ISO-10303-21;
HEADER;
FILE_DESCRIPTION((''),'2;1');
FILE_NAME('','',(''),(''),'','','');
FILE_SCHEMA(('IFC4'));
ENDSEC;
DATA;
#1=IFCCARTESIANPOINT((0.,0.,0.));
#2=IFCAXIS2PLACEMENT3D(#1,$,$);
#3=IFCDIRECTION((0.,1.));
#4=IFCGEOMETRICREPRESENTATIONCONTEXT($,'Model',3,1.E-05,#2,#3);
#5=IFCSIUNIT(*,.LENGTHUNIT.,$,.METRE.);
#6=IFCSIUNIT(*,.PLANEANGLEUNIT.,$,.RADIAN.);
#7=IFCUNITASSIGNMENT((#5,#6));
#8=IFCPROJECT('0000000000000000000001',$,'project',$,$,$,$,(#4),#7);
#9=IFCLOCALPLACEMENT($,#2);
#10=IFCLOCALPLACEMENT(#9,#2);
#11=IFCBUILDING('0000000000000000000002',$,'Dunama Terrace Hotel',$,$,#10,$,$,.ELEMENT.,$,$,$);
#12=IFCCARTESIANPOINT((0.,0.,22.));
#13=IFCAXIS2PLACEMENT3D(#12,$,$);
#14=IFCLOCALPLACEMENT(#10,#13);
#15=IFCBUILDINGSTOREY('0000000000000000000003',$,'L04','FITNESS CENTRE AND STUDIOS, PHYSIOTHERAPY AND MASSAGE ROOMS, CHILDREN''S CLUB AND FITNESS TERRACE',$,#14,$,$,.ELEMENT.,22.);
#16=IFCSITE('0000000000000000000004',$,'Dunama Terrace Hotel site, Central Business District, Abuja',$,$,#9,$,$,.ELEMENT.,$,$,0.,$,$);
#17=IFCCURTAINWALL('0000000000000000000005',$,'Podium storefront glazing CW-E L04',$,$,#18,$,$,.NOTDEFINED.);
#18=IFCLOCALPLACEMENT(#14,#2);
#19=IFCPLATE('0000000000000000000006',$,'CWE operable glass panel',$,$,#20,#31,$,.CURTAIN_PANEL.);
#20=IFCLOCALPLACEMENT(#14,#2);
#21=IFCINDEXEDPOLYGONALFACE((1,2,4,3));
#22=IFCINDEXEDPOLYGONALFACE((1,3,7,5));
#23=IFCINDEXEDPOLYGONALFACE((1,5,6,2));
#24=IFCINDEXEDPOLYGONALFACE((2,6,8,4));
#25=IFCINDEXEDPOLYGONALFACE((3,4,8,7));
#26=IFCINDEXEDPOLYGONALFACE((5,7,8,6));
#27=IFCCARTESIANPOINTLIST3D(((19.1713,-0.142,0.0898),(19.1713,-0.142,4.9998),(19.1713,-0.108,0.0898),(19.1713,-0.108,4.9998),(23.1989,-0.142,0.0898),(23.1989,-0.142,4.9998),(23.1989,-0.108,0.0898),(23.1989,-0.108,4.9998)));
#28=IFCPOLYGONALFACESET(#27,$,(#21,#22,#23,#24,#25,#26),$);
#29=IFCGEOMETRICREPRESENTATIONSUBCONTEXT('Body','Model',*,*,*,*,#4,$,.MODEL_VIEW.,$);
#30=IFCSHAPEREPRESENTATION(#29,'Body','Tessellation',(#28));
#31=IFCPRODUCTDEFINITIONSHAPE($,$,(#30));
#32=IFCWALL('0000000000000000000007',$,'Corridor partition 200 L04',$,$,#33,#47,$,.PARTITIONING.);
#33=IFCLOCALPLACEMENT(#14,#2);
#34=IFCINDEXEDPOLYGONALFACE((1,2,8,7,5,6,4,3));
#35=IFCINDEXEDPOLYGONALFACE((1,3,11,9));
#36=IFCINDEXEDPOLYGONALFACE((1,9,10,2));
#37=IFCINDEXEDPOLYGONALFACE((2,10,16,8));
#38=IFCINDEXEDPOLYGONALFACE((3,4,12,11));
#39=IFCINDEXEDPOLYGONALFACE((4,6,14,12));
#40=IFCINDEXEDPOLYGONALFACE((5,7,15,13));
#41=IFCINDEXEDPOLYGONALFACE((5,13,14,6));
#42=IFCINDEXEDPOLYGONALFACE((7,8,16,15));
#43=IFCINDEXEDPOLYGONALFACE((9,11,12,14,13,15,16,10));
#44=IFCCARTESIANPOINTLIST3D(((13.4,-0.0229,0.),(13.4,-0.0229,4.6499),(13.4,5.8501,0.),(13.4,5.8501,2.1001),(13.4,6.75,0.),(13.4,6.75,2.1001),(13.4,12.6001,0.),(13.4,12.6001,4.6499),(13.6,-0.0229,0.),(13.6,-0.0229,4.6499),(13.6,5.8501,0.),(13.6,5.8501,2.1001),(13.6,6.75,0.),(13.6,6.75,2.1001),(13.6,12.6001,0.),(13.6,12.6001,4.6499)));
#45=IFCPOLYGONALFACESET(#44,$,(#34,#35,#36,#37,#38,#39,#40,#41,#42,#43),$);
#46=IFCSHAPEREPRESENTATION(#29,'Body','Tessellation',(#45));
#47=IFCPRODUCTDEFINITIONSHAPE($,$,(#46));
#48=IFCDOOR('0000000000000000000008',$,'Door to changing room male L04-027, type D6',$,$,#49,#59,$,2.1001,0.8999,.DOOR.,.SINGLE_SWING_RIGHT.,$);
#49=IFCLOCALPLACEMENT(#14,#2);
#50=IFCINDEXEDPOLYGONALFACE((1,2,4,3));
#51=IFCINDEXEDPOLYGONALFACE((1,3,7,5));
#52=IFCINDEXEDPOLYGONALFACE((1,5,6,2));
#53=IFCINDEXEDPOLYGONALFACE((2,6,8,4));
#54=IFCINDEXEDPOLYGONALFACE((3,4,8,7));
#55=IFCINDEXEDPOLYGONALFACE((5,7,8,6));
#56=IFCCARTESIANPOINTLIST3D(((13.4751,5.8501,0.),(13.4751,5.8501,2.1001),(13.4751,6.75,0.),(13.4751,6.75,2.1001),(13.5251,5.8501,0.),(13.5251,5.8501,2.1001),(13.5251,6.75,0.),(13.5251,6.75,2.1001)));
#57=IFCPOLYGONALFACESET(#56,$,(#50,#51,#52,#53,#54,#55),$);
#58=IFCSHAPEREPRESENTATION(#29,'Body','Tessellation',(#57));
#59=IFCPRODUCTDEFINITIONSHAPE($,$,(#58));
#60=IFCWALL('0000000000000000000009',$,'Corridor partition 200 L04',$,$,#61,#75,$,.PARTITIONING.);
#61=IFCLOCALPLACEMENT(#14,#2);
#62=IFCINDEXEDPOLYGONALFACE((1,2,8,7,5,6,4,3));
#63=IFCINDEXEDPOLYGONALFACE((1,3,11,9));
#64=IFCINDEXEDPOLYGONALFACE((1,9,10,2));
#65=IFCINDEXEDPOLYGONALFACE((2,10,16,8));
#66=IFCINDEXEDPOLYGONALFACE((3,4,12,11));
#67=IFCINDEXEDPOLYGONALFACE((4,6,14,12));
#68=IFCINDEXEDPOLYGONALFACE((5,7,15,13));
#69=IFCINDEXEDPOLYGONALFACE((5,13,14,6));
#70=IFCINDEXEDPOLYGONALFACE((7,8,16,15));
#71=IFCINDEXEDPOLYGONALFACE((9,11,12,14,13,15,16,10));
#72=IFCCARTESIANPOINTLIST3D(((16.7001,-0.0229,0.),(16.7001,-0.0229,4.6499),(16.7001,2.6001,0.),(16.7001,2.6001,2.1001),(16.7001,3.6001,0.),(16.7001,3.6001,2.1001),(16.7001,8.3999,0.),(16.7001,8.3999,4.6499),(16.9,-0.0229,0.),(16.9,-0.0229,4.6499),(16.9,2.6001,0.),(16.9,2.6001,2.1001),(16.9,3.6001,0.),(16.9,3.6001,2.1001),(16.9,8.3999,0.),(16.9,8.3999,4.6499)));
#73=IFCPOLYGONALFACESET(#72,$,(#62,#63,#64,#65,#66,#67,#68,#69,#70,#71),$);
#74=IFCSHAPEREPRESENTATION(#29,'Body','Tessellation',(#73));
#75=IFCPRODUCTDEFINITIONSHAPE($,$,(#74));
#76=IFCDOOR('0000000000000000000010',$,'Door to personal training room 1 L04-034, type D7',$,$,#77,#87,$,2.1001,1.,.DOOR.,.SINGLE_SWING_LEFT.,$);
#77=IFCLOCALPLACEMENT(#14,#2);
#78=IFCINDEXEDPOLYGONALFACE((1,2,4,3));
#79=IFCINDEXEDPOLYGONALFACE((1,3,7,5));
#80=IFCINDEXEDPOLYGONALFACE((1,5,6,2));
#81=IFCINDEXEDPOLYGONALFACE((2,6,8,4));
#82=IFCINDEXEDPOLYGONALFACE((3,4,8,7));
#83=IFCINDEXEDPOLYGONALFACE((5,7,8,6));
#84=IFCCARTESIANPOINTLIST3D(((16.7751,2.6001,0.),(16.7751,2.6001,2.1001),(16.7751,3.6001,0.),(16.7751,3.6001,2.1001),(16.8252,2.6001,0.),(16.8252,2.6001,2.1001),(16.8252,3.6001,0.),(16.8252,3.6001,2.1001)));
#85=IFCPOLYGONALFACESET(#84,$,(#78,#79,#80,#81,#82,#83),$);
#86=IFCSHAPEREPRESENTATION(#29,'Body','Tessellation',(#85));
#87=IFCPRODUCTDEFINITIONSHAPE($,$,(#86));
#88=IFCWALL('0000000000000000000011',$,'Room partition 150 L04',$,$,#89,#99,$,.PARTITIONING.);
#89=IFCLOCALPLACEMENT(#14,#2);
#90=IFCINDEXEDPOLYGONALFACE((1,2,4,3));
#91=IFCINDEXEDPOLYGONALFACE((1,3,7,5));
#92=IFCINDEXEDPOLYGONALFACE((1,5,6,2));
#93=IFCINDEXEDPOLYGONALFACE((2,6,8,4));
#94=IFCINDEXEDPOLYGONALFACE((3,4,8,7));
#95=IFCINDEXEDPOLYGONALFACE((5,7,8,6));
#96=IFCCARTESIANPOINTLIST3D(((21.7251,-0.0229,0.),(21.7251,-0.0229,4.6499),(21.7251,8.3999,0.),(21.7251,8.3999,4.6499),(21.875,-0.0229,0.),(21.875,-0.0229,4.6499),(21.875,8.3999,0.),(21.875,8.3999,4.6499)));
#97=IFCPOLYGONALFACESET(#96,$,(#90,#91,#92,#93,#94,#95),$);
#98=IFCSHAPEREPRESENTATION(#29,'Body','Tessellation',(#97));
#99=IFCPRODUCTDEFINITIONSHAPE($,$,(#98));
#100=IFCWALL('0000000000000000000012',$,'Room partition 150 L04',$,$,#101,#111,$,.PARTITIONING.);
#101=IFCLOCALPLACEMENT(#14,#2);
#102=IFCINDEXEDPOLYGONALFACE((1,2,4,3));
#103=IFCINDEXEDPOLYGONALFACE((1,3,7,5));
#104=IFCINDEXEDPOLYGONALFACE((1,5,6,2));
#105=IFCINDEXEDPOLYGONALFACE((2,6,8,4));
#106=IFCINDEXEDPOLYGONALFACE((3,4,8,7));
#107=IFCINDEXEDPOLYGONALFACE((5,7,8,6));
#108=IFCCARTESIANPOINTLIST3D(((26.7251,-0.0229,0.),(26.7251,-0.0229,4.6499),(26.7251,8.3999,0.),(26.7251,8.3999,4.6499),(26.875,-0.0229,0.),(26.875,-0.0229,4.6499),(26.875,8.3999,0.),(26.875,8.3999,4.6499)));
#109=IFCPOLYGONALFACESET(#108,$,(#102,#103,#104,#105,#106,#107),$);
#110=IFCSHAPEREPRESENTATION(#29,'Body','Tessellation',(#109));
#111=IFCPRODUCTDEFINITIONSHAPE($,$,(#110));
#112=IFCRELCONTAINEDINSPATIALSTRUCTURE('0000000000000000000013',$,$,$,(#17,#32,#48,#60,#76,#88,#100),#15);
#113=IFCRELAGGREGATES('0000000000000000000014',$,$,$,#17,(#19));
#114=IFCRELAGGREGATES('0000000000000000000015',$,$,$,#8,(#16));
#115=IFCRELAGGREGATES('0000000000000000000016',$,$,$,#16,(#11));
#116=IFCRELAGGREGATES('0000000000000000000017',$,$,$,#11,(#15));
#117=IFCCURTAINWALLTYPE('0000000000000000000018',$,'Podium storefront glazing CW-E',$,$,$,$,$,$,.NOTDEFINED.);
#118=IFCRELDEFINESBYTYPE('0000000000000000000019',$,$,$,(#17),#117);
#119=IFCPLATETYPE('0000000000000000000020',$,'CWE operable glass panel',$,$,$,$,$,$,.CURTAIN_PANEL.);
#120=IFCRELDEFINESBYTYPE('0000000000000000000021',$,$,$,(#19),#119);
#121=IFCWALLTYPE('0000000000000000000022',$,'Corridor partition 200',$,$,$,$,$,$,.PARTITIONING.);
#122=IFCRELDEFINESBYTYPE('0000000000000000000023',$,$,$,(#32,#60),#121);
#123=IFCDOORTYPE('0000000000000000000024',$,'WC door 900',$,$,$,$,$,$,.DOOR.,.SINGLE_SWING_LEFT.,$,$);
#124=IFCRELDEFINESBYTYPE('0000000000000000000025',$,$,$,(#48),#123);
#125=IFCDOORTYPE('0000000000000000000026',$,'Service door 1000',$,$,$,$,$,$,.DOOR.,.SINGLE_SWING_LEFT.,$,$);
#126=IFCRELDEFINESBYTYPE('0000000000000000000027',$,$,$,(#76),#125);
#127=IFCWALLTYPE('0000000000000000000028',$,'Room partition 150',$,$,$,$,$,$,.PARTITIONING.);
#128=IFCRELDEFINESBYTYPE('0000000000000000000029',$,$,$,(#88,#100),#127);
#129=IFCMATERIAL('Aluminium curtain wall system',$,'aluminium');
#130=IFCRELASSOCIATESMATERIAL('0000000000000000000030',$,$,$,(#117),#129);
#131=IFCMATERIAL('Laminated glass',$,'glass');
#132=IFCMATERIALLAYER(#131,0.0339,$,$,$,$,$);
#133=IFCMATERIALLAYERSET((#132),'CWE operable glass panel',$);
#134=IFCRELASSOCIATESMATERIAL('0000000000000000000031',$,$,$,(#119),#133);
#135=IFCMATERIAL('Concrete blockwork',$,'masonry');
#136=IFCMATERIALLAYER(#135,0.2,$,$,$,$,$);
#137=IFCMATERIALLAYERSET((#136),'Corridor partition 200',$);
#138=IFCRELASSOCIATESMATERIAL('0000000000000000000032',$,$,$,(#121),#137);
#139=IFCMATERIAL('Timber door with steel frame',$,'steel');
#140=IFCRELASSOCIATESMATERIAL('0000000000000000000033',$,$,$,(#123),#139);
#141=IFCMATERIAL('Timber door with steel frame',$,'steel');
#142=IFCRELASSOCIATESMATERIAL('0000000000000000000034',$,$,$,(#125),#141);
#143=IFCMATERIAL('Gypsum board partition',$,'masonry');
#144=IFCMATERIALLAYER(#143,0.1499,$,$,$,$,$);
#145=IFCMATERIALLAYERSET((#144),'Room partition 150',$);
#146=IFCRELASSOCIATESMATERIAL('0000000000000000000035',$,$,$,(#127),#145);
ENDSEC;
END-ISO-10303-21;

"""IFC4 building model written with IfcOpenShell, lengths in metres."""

from ifc_helpers import new_model, si_unit, direction, frame, frame_2d, origin, origin_2d, place, context, subcontext, project, spatial, rectangle, extrude, material, layer, layer_set, type_object, element, fill, aggregate, save


model = new_model("IFC4")

# Units and contexts
model_context = context("Model", 3, precision=1e-05, world=origin(), true_north=direction((0.0, 1.0)))
body_context = subcontext(model_context, "Body", "Model", "MODEL_VIEW")
ifc_project = project(units=[si_unit("LENGTHUNIT", "METRE"), si_unit("PLANEANGLEUNIT", "RADIAN")], contexts=[model_context])

# Site, building, storey
site_placement = place(None, origin())
site = spatial("IfcSite", under=ifc_project, at=site_placement, Name="Dunama Terrace Hotel site, Central Business District, Abuja", CompositionType="ELEMENT", RefElevation=0.0)
building_placement = place(site_placement, origin())
building = spatial("IfcBuilding", under=site, at=building_placement, Name="Dunama Terrace Hotel", CompositionType="ELEMENT")
storey_placement = place(building_placement, frame((0.0, 0.0, 22.0)))
storey = spatial("IfcBuildingStorey", under=building, at=storey_placement, Name="L04", Description="FITNESS CENTRE AND STUDIOS, PHYSIOTHERAPY AND MASSAGE ROOMS, CHILDREN'S CLUB AND FITNESS TERRACE", CompositionType="ELEMENT", Elevation=22.0)

# Curtain wall, plate
ifc_material_1 = material(Name="Aluminium curtain wall system", Category="aluminium")
curtain_wall_type = type_object("IfcCurtainWallType", Name="Podium storefront glazing CW-E", PredefinedType="NOTDEFINED", material=ifc_material_1)
curtain_wall_placement = place(storey_placement, origin())
curtain_wall = element("IfcCurtainWall", 1, at=curtain_wall_placement, inside=storey, type_object=curtain_wall_type, Name="Podium storefront glazing CW-E L04", PredefinedType="NOTDEFINED")
ifc_material_2 = material(Name="Laminated glass", Category="glass")
ifc_layer_1 = layer(ifc_material_2, 0.0339)
ifc_layer_set_1 = layer_set([ifc_layer_1], Name="CWE operable glass panel")
plate_type_1 = type_object("IfcPlateType", Name="CWE operable glass panel", PredefinedType="CURTAIN_PANEL", material=ifc_layer_set_1)
plate_1_placement = place(storey_placement, frame((21.1851, -0.125, 0.0898), z_axis=(0.0, 0.0, 1.0), x_axis=(1.0, 0.0, 0.0)))
plate_1 = element("IfcPlate", 2, at=plate_1_placement, type_object=plate_type_1, Name="CWE operable glass panel", PredefinedType="CURTAIN_PANEL", context=body_context, shape_type="SweptSolid", body=[
    extrude(rectangle(XDim=4.0276, YDim=0.0339, at=origin_2d()), origin(), (0.0, 0.0, 1.0), 4.9099),
])
aggregate(curtain_wall, [plate_1])

# Walls, openings, doors
ifc_material_3 = material(Name="Concrete blockwork", Category="masonry")
ifc_layer_2 = layer(ifc_material_3, 0.2)
ifc_layer_set_2 = layer_set([ifc_layer_2], Name="Corridor partition 200")
wall_type_1 = type_object("IfcWallType", Name="Corridor partition 200", PredefinedType="PARTITIONING", material=ifc_layer_set_2)
wall_1_placement = place(storey_placement, frame((13.5, -0.0229, 0.0), z_axis=(0.0, 0.0, 1.0), x_axis=(0.0, 1.0, 0.0)))
wall_1 = element("IfcWall", 3, at=wall_1_placement, inside=storey, type_object=wall_type_1, Name="Corridor partition 200 L04", PredefinedType="PARTITIONING", context=body_context, shape_type="SweptSolid", body=[
    extrude(rectangle(XDim=12.623, YDim=0.2, at=frame_2d((6.3115, 0.0))), origin(), (0.0, 0.0, 1.0), 4.6499),
])
opening_1_placement = place(wall_1_placement, frame((5.873, 0.0, 0.0)))
opening_1 = element("IfcOpeningElement", 4, at=opening_1_placement, cuts=wall_1, PredefinedType="OPENING", context=body_context, shape_type="SweptSolid", body=[
    extrude(rectangle(XDim=0.8999, YDim=2.1001, at=frame_2d((0.45, 1.05))), frame((0.0, 0.1099, 0.0), z_axis=(0.0, -1.0, 0.0), x_axis=(1.0, 0.0, 0.0)), (0.0, 0.0, 1.0), 0.22),
])
ifc_material_4 = material(Name="Timber door with steel frame", Category="steel")
door_type_1 = type_object("IfcDoorType", Name="WC door 900", OperationType="SINGLE_SWING_LEFT", PredefinedType="DOOR", material=ifc_material_4)
door_1_placement = place(opening_1_placement, origin())
door_1 = element("IfcDoor", 5, at=door_1_placement, inside=storey, type_object=door_type_1, Name="Door to changing room male L04-027, type D6", OperationType="SINGLE_SWING_RIGHT", OverallHeight=2.1001, OverallWidth=0.8999, PredefinedType="DOOR", context=body_context, shape_type="SweptSolid", body=[
    extrude(rectangle(XDim=0.8999, YDim=2.1001, at=frame_2d((0.45, 1.05))), frame((0.0, 0.0249, 0.0), z_axis=(0.0, -1.0, 0.0), x_axis=(1.0, 0.0, 0.0)), (0.0, 0.0, 1.0), 0.05),
])
fill(opening_1, door_1)
wall_2_placement = place(storey_placement, frame((16.8, -0.0229, 0.0), z_axis=(0.0, 0.0, 1.0), x_axis=(0.0, 1.0, 0.0)))
wall_2 = element("IfcWall", 6, at=wall_2_placement, inside=storey, type_object=wall_type_1, Name="Corridor partition 200 L04", PredefinedType="PARTITIONING", context=body_context, shape_type="SweptSolid", body=[
    extrude(rectangle(XDim=8.4229, YDim=0.2, at=frame_2d((4.2114, 0.0))), origin(), (0.0, 0.0, 1.0), 4.6499),
])
opening_2_placement = place(wall_2_placement, frame((2.623, 0.0, 0.0)))
opening_2 = element("IfcOpeningElement", 7, at=opening_2_placement, cuts=wall_2, PredefinedType="OPENING", context=body_context, shape_type="SweptSolid", body=[
    extrude(rectangle(XDim=1.0, YDim=2.1001, at=frame_2d((0.5, 1.05))), frame((0.0, 0.1099, 0.0), z_axis=(0.0, -1.0, 0.0), x_axis=(1.0, 0.0, 0.0)), (0.0, 0.0, 1.0), 0.22),
])
ifc_material_5 = material(Name="Timber door with steel frame", Category="steel")
door_type_2 = type_object("IfcDoorType", Name="Service door 1000", OperationType="SINGLE_SWING_LEFT", PredefinedType="DOOR", material=ifc_material_5)
door_2_placement = place(opening_2_placement, frame((1.0, 0.0, 0.0), z_axis=(0.0, 0.0, 1.0), x_axis=(-1.0, 0.0, 0.0)))
door_2 = element("IfcDoor", 8, at=door_2_placement, inside=storey, type_object=door_type_2, Name="Door to personal training room 1 L04-034, type D7", OperationType="SINGLE_SWING_LEFT", OverallHeight=2.1001, OverallWidth=1.0, PredefinedType="DOOR", context=body_context, shape_type="SweptSolid", body=[
    extrude(rectangle(XDim=1.0, YDim=2.1001, at=frame_2d((0.5, 1.05))), frame((0.0, 0.0251, 0.0), z_axis=(0.0, -1.0, 0.0), x_axis=(1.0, 0.0, 0.0)), (0.0, 0.0, 1.0), 0.05),
])
fill(opening_2, door_2)

# Walls
ifc_material_6 = material(Name="Gypsum board partition", Category="masonry")
ifc_layer_3 = layer(ifc_material_6, 0.1499)
ifc_layer_set_3 = layer_set([ifc_layer_3], Name="Room partition 150")
wall_type_2 = type_object("IfcWallType", Name="Room partition 150", PredefinedType="PARTITIONING", material=ifc_layer_set_3)
for number, where, z_axis, x_axis, name in (
    (9, (21.8, -0.0229, 0.0), (0.0, 0.0, 1.0), (0.0, 1.0, 0.0), "Room partition 150 L04"),
    (10, (26.8, -0.0229, 0.0), (0.0, 0.0, 1.0), (0.0, 1.0, 0.0), "Room partition 150 L04"),
):
    element("IfcWall", number, at=place(storey_placement, frame(where, z_axis=z_axis, x_axis=x_axis)), inside=storey, type_object=wall_type_2, Name=name, PredefinedType="PARTITIONING", context=body_context, shape_type="SweptSolid", body=[
        extrude(rectangle(XDim=8.4229, YDim=0.1499, at=frame_2d((4.2114, 0.0))), origin(), (0.0, 0.0, 1.0), 4.6499),
    ])

save(model, "model.ifc")
